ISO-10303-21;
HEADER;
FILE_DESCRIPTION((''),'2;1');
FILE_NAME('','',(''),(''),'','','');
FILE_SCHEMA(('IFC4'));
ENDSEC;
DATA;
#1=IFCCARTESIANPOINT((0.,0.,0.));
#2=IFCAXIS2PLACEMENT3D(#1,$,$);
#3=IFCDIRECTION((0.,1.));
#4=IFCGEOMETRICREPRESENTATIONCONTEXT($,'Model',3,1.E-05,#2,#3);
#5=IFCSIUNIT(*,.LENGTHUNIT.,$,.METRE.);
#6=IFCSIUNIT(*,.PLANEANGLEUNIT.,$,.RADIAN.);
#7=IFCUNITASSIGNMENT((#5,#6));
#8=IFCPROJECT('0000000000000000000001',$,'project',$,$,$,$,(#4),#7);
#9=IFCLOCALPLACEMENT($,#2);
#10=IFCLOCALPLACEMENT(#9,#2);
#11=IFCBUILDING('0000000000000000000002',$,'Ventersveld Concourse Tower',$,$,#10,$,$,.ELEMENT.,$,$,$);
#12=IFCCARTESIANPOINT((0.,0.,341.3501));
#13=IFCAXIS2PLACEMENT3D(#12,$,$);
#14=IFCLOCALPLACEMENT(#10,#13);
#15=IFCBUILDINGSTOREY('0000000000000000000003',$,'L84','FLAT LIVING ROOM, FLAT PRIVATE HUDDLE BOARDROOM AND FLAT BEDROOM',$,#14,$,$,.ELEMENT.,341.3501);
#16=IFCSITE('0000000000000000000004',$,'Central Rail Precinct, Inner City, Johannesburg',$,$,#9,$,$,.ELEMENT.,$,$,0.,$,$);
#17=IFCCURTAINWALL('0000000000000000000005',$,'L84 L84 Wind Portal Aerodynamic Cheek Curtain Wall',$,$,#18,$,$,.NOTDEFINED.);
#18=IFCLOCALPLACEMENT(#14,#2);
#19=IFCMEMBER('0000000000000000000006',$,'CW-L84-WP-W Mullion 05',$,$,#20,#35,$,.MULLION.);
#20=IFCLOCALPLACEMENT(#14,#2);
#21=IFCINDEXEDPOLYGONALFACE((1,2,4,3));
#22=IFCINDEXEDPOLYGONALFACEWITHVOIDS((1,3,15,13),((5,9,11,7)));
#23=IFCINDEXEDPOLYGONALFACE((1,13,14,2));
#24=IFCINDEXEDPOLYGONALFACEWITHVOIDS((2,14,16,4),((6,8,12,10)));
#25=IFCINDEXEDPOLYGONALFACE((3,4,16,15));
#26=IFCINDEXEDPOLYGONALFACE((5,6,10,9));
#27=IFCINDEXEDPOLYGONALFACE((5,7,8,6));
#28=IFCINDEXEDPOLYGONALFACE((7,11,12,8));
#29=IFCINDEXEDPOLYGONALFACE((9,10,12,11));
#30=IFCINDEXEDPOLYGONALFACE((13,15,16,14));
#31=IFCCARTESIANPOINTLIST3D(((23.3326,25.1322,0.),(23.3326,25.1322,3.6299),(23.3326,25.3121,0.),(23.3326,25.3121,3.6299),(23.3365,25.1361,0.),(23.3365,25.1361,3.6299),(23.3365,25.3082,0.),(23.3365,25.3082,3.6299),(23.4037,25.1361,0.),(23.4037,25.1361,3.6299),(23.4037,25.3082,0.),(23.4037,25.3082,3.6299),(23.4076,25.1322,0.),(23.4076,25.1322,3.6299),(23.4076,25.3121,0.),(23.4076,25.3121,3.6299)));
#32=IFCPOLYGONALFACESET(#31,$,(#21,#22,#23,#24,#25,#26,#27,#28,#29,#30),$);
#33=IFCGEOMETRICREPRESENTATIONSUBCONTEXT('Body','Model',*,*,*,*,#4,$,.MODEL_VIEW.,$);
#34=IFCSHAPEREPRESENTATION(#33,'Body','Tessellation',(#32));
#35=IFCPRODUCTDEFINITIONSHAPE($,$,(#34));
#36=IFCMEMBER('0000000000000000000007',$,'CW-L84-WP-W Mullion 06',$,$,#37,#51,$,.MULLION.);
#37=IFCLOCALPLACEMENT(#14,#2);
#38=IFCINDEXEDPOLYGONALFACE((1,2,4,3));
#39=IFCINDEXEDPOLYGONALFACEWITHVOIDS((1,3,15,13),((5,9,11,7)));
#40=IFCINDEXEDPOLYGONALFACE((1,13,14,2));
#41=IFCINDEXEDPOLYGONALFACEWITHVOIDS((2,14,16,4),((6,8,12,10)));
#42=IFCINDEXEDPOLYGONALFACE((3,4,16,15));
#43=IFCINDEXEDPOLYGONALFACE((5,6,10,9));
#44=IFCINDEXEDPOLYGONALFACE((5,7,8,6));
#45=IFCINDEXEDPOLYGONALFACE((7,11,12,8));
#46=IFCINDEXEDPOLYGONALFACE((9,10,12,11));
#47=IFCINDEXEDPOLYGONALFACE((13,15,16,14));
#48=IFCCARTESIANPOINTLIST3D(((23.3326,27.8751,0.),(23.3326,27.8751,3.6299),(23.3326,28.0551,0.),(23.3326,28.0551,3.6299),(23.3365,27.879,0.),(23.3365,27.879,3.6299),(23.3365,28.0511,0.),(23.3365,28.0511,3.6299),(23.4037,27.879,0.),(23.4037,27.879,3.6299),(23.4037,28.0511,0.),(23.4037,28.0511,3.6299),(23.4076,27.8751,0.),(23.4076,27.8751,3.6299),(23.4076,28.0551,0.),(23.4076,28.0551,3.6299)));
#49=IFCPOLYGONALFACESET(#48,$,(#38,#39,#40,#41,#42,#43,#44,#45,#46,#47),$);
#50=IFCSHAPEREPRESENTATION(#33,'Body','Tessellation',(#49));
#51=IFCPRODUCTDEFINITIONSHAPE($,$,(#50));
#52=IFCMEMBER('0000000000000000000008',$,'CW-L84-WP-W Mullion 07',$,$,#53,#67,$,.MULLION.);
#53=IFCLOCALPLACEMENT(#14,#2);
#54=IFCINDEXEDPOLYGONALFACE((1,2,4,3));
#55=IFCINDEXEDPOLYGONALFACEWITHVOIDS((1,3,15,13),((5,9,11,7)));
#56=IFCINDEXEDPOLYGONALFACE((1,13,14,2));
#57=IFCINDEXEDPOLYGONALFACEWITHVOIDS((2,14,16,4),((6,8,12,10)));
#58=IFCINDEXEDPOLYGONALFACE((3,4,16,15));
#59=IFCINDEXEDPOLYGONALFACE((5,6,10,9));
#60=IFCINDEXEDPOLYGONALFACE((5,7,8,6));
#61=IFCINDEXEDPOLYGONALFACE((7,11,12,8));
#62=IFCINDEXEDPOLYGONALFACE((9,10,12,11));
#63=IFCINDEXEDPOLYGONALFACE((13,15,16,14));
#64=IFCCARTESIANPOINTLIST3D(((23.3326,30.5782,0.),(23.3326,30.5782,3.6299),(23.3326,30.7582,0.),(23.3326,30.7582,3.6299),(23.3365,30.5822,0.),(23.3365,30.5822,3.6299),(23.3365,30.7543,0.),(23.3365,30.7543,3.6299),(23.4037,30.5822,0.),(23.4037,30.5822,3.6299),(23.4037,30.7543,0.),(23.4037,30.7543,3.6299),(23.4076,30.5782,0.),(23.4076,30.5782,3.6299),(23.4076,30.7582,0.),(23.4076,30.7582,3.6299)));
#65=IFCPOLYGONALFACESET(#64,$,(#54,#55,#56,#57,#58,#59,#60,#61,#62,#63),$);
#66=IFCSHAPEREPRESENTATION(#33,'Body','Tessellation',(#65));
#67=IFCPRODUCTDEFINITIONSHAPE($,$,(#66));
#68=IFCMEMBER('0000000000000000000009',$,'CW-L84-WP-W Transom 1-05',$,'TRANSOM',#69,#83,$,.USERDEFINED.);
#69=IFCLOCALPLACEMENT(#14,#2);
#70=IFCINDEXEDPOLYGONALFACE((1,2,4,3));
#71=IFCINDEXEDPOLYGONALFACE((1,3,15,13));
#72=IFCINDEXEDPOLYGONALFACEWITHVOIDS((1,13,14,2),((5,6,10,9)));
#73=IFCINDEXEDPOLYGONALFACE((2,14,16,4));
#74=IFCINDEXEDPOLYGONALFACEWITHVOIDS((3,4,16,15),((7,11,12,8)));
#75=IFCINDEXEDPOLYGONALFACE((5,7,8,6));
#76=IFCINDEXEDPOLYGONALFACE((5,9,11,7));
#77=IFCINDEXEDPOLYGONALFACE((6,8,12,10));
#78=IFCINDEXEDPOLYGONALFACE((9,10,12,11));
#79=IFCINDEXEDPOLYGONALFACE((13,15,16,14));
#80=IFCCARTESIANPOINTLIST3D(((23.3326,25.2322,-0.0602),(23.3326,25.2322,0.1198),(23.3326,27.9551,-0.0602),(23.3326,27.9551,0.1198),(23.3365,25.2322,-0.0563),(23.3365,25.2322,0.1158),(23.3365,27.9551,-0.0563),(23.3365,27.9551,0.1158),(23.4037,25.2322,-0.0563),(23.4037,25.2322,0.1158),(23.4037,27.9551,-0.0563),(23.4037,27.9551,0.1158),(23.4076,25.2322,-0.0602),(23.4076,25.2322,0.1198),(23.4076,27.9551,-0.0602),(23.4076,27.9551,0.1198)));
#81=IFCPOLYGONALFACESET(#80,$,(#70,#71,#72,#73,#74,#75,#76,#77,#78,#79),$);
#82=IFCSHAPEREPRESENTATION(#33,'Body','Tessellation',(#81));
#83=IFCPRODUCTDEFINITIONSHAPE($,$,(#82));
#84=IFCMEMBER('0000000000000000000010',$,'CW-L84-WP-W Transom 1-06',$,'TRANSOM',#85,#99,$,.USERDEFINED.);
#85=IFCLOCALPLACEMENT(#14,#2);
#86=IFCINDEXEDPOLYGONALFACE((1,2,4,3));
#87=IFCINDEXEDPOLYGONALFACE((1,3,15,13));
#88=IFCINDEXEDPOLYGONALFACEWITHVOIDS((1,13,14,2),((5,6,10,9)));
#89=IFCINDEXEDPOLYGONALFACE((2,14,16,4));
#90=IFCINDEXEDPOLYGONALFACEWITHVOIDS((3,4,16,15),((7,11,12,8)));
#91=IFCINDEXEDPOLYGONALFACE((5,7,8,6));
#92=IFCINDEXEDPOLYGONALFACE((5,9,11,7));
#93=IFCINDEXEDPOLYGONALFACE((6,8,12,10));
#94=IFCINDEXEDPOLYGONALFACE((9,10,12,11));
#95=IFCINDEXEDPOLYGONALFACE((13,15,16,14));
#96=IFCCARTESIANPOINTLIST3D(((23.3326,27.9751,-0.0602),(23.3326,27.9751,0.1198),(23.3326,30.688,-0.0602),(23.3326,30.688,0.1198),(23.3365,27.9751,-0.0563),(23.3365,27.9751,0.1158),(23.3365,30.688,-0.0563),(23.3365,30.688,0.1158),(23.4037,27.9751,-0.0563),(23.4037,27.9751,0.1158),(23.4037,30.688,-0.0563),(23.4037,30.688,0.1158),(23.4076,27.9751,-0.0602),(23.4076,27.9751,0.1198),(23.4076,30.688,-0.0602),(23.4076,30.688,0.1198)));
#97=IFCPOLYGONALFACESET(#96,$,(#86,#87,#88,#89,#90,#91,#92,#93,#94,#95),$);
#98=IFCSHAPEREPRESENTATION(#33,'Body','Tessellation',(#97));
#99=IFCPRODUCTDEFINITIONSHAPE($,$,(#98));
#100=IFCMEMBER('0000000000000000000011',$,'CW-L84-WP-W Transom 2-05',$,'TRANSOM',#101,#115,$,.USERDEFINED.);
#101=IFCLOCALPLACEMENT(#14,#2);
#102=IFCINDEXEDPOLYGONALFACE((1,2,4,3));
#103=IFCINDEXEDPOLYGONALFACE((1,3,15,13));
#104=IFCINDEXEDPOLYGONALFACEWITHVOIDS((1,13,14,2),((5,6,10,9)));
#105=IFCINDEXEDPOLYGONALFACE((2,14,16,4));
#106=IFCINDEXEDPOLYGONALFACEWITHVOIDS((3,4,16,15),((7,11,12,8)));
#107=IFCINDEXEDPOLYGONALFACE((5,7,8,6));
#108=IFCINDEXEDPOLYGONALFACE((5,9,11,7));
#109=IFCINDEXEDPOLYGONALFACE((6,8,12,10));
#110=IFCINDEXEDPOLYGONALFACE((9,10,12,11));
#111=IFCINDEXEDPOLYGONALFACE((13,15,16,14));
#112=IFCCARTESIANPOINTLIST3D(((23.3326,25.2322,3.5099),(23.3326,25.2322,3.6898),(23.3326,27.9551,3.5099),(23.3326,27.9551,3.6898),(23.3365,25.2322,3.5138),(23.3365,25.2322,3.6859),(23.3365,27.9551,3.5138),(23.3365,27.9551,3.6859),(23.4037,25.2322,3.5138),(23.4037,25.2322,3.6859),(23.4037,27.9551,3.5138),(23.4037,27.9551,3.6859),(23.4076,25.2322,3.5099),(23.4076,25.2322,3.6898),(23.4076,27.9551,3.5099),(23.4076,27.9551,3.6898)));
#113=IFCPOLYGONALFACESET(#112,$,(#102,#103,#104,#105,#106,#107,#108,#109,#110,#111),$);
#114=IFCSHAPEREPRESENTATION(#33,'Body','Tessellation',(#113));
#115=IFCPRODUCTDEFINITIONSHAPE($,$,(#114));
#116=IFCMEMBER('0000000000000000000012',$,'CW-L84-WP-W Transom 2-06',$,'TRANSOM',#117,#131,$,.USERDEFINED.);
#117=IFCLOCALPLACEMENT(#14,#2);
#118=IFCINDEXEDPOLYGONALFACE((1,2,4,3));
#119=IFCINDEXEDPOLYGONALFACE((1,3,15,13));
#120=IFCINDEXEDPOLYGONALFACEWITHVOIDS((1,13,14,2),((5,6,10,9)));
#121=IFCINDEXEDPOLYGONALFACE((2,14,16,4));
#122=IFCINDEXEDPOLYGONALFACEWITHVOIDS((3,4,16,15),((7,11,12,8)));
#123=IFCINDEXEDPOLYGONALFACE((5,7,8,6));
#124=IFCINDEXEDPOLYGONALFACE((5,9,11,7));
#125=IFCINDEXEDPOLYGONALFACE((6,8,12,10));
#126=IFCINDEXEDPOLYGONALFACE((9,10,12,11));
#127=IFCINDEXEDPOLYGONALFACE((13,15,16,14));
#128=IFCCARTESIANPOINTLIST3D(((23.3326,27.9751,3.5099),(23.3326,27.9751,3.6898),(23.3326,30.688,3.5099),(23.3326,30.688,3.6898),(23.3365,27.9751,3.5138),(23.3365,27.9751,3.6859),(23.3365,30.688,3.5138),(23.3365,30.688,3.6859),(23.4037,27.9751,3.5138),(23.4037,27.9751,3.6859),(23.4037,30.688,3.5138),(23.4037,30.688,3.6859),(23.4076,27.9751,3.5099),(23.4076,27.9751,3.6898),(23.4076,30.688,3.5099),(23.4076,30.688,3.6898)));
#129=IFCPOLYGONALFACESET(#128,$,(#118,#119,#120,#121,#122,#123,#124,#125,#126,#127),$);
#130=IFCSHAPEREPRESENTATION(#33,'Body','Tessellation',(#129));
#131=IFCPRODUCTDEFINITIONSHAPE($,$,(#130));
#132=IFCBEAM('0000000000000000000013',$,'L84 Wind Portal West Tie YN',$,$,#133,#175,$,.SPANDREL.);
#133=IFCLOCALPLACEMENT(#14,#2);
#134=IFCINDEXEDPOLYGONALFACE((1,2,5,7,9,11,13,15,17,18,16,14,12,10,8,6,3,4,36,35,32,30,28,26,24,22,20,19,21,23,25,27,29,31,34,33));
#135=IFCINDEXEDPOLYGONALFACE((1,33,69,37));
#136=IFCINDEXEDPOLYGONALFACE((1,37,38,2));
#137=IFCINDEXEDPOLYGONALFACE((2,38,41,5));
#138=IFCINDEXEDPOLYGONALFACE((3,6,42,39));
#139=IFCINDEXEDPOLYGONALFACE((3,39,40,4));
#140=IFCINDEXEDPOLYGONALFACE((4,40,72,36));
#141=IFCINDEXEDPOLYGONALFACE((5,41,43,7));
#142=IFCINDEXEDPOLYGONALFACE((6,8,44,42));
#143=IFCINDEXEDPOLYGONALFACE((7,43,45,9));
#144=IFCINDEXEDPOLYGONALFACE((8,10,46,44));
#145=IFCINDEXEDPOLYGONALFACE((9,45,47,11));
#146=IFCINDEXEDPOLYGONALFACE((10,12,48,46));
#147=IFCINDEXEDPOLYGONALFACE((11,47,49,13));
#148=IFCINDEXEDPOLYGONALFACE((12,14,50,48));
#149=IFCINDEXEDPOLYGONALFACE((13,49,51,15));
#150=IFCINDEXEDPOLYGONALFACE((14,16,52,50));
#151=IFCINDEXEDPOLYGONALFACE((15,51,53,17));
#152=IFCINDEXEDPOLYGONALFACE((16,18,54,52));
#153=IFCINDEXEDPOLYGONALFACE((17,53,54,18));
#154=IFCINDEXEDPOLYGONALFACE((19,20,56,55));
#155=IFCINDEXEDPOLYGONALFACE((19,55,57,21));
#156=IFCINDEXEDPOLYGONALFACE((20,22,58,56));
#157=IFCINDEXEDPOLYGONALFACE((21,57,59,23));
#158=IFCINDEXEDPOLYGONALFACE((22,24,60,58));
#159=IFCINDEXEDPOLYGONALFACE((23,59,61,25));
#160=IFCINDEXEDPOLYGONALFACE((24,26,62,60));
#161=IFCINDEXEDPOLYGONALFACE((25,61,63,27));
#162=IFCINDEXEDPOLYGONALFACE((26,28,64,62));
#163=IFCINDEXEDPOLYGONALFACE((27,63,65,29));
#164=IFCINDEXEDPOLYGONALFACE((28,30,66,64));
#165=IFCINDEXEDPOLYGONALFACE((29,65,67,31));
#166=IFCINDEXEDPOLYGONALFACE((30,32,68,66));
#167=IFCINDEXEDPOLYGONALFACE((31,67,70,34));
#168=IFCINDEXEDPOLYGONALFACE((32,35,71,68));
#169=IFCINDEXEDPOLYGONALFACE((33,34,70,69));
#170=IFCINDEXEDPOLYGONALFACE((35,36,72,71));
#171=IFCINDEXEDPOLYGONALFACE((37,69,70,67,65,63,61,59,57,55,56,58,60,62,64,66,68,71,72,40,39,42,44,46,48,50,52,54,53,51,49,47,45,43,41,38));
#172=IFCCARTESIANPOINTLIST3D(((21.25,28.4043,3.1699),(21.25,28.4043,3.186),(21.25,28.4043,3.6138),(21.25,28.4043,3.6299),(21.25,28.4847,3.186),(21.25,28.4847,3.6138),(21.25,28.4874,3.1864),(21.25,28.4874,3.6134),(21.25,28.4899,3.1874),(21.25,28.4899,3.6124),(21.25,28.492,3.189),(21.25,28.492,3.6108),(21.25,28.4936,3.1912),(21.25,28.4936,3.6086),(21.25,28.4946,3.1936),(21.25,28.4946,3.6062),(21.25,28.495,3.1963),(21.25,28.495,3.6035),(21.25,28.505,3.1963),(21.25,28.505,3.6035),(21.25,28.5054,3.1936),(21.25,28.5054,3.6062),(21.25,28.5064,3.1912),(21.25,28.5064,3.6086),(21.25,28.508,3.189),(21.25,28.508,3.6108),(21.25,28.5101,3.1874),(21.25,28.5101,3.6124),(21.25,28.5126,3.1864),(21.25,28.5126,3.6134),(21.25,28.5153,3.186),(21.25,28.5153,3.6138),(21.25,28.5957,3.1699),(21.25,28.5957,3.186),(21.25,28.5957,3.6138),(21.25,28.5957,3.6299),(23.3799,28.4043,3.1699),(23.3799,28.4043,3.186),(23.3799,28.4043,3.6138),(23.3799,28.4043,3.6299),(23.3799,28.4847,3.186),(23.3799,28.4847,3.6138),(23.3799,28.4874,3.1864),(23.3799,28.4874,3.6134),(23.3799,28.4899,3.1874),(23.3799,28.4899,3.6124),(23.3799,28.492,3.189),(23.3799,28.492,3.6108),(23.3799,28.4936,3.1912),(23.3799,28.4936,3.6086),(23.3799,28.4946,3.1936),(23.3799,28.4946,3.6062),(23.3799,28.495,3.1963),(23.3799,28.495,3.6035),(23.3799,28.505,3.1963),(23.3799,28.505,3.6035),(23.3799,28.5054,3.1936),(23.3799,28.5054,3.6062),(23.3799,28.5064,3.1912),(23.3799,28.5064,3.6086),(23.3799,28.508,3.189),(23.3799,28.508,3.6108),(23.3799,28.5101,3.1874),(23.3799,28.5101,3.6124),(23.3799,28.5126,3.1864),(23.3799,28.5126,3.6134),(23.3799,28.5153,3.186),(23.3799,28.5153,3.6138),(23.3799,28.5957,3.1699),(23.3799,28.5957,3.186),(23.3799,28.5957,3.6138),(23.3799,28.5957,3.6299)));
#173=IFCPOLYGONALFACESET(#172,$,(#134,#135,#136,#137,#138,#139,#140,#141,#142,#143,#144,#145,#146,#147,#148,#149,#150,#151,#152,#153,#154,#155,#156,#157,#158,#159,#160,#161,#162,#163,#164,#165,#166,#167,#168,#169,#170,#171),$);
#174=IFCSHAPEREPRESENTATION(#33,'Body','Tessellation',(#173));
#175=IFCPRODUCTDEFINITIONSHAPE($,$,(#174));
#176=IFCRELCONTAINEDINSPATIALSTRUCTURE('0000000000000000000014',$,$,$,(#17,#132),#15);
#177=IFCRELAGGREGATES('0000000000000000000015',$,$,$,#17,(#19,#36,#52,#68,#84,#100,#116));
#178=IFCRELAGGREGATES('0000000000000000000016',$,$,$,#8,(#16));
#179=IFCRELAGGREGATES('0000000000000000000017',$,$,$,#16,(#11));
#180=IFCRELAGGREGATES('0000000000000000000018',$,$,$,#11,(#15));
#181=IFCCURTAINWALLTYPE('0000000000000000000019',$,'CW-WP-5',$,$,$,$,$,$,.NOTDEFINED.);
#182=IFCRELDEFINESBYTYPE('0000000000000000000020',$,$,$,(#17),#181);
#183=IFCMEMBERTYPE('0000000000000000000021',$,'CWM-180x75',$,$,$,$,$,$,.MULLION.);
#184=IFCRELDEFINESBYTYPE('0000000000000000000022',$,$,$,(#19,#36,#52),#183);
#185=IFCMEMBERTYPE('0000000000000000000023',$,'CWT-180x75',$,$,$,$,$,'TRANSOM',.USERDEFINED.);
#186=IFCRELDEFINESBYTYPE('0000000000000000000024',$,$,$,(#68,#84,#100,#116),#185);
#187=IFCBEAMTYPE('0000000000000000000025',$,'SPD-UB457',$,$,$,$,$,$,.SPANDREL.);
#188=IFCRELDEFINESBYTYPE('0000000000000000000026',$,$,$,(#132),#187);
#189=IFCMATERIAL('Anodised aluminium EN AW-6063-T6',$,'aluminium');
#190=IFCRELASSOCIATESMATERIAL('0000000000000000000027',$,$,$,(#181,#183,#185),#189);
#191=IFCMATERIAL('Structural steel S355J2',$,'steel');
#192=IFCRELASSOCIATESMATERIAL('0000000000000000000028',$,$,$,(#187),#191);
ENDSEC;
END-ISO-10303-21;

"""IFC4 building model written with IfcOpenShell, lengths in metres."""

from ifc_helpers import new_model, si_unit, direction, frame, origin, origin_2d, place, context, subcontext, project, spatial, hollow_rectangle, i_section, extrude, material, material_profile, profile_set, type_object, element, aggregate, save


model = new_model("IFC4")

# Units and contexts
model_context = context("Model", 3, precision=1e-05, world=origin(), true_north=direction((0.0, 1.0)))
body_context = subcontext(model_context, "Body", "Model", "MODEL_VIEW")
ifc_project = project(units=[si_unit("LENGTHUNIT", "METRE"), si_unit("PLANEANGLEUNIT", "RADIAN")], contexts=[model_context])

# Site, building, storey
site_placement = place(None, origin())
site = spatial("IfcSite", under=ifc_project, at=site_placement, Name="Central Rail Precinct, Inner City, Johannesburg", CompositionType="ELEMENT", RefElevation=0.0)
building_placement = place(site_placement, origin())
building = spatial("IfcBuilding", under=site, at=building_placement, Name="Ventersveld Concourse Tower", CompositionType="ELEMENT")
storey_placement = place(building_placement, frame((0.0, 0.0, 341.3501)))
storey = spatial("IfcBuildingStorey", under=building, at=storey_placement, Name="L84", Description="FLAT LIVING ROOM, FLAT PRIVATE HUDDLE BOARDROOM AND FLAT BEDROOM", CompositionType="ELEMENT", Elevation=341.3501)

# Curtain wall, members
ifc_material_1 = material(Name="Anodised aluminium EN AW-6063-T6", Category="aluminium")
curtain_wall_type = type_object("IfcCurtainWallType", Name="CW-WP-5", PredefinedType="NOTDEFINED", material=ifc_material_1)
curtain_wall_placement = place(storey_placement, origin())
curtain_wall = element("IfcCurtainWall", 1, at=curtain_wall_placement, inside=storey, type_object=curtain_wall_type, Name="L84 L84 Wind Portal Aerodynamic Cheek Curtain Wall", PredefinedType="NOTDEFINED")
ifc_material_profile_1 = material_profile(ifc_material_1, hollow_rectangle(XDim=0.075, YDim=0.1799, WallThickness=0.0039, at=origin_2d()), Name="ALU 180x75x4")
ifc_profile_set_1 = profile_set([ifc_material_profile_1], Name="Anodised aluminium EN AW-6063-T6")
member_type_1 = type_object("IfcMemberType", Name="CWM-180x75", PredefinedType="MULLION", material=ifc_profile_set_1)
member_1_placement = place(storey_placement, frame((23.3701, 25.2222, 0.0), z_axis=(0.0, 0.0, 1.0), x_axis=(1.0, 0.0, 0.0)))
member_1 = element("IfcMember", 2, at=member_1_placement, type_object=member_type_1, Name="CW-L84-WP-W Mullion 05", PredefinedType="MULLION", context=body_context, shape_type="SweptSolid", body=[
    extrude(hollow_rectangle(XDim=0.075, YDim=0.1799, WallThickness=0.0039, at=origin_2d()), origin(), (0.0, 0.0, 1.0), 3.6299),
])
member_2_placement = place(storey_placement, frame((23.3701, 27.9651, 0.0), z_axis=(0.0, 0.0, 1.0), x_axis=(1.0, 0.0, 0.0)))
member_2 = element("IfcMember", 3, at=member_2_placement, type_object=member_type_1, Name="CW-L84-WP-W Mullion 06", PredefinedType="MULLION", context=body_context, shape_type="SweptSolid", body=[
    extrude(hollow_rectangle(XDim=0.075, YDim=0.1799, WallThickness=0.0039, at=origin_2d()), origin(), (0.0, 0.0, 1.0), 3.6299),
])
member_3_placement = place(storey_placement, frame((23.3701, 30.6682, 0.0), z_axis=(0.0, 0.0, 1.0), x_axis=(1.0, 0.0, 0.0)))
member_3 = element("IfcMember", 4, at=member_3_placement, type_object=member_type_1, Name="CW-L84-WP-W Mullion 07", PredefinedType="MULLION", context=body_context, shape_type="SweptSolid", body=[
    extrude(hollow_rectangle(XDim=0.075, YDim=0.1799, WallThickness=0.0039, at=origin_2d()), origin(), (0.0, 0.0, 1.0), 3.6299),
])
ifc_material_profile_2 = material_profile(ifc_material_1, hollow_rectangle(XDim=0.075, YDim=0.1799, WallThickness=0.0039, at=origin_2d()), Name="ALU 180x75x4")
ifc_profile_set_2 = profile_set([ifc_material_profile_2], Name="Anodised aluminium EN AW-6063-T6")
member_type_2 = type_object("IfcMemberType", Name="CWT-180x75", ElementType="TRANSOM", PredefinedType="USERDEFINED", material=ifc_profile_set_2)
member_4_placement = place(storey_placement, frame((23.3701, 25.2322, 0.0298), z_axis=(0.0, 1.0, 0.0), x_axis=(-1.0, 0.0, 0.0)))
member_4 = element("IfcMember", 5, at=member_4_placement, type_object=member_type_2, Name="CW-L84-WP-W Transom 1-05", ObjectType="TRANSOM", PredefinedType="USERDEFINED", context=body_context, shape_type="SweptSolid", body=[
    extrude(hollow_rectangle(XDim=0.075, YDim=0.1799, WallThickness=0.0039, at=origin_2d()), origin(), (0.0, 0.0, 1.0), 2.7229),
])
member_5_placement = place(storey_placement, frame((23.3701, 27.9751, 0.0298), z_axis=(0.0, 1.0, 0.0), x_axis=(-1.0, 0.0, 0.0)))
member_5 = element("IfcMember", 6, at=member_5_placement, type_object=member_type_2, Name="CW-L84-WP-W Transom 1-06", ObjectType="TRANSOM", PredefinedType="USERDEFINED", context=body_context, shape_type="SweptSolid", body=[
    extrude(hollow_rectangle(XDim=0.075, YDim=0.1799, WallThickness=0.0039, at=origin_2d()), origin(), (0.0, 0.0, 1.0), 2.7129),
])
member_6_placement = place(storey_placement, frame((23.3701, 25.2322, 3.5999), z_axis=(0.0, 1.0, 0.0), x_axis=(-1.0, 0.0, 0.0)))
member_6 = element("IfcMember", 7, at=member_6_placement, type_object=member_type_2, Name="CW-L84-WP-W Transom 2-05", ObjectType="TRANSOM", PredefinedType="USERDEFINED", context=body_context, shape_type="SweptSolid", body=[
    extrude(hollow_rectangle(XDim=0.075, YDim=0.1799, WallThickness=0.0039, at=origin_2d()), origin(), (0.0, 0.0, 1.0), 2.7229),
])
member_7_placement = place(storey_placement, frame((23.3701, 27.9751, 3.5999), z_axis=(0.0, 1.0, 0.0), x_axis=(-1.0, 0.0, 0.0)))
member_7 = element("IfcMember", 8, at=member_7_placement, type_object=member_type_2, Name="CW-L84-WP-W Transom 2-06", ObjectType="TRANSOM", PredefinedType="USERDEFINED", context=body_context, shape_type="SweptSolid", body=[
    extrude(hollow_rectangle(XDim=0.075, YDim=0.1799, WallThickness=0.0039, at=origin_2d()), origin(), (0.0, 0.0, 1.0), 2.7129),
])

# Beam
ifc_material_2 = material(Name="Structural steel S355J2", Category="steel")
ifc_material_profile_3 = material_profile(ifc_material_2, i_section(OverallWidth=0.1914, OverallDepth=0.46, WebThickness=0.01, FlangeThickness=0.0161, FilletRadius=0.0103, at=origin_2d()), Name="UB 457x191x82")
ifc_profile_set_3 = profile_set([ifc_material_profile_3], Name="Structural steel S355J2")
beam_type = type_object("IfcBeamType", Name="SPD-UB457", PredefinedType="SPANDREL", material=ifc_profile_set_3)
beam_placement = place(storey_placement, frame((21.25, 28.5, 3.3999), z_axis=(1.0, 0.0, 0.0), x_axis=(0.0, 1.0, 0.0)))
element("IfcBeam", 9, at=beam_placement, inside=storey, type_object=beam_type, Name="L84 Wind Portal West Tie YN", PredefinedType="SPANDREL", context=body_context, shape_type="SweptSolid", body=[
    extrude(i_section(OverallWidth=0.1914, OverallDepth=0.46, WebThickness=0.01, FlangeThickness=0.0161, FilletRadius=0.0103, at=origin_2d()), origin(), (0.0, 0.0, 1.0), 2.1299),
])

aggregate(curtain_wall, [member_1, member_2, member_3, member_4, member_5, member_6, member_7])

save(model, "model.ifc")
